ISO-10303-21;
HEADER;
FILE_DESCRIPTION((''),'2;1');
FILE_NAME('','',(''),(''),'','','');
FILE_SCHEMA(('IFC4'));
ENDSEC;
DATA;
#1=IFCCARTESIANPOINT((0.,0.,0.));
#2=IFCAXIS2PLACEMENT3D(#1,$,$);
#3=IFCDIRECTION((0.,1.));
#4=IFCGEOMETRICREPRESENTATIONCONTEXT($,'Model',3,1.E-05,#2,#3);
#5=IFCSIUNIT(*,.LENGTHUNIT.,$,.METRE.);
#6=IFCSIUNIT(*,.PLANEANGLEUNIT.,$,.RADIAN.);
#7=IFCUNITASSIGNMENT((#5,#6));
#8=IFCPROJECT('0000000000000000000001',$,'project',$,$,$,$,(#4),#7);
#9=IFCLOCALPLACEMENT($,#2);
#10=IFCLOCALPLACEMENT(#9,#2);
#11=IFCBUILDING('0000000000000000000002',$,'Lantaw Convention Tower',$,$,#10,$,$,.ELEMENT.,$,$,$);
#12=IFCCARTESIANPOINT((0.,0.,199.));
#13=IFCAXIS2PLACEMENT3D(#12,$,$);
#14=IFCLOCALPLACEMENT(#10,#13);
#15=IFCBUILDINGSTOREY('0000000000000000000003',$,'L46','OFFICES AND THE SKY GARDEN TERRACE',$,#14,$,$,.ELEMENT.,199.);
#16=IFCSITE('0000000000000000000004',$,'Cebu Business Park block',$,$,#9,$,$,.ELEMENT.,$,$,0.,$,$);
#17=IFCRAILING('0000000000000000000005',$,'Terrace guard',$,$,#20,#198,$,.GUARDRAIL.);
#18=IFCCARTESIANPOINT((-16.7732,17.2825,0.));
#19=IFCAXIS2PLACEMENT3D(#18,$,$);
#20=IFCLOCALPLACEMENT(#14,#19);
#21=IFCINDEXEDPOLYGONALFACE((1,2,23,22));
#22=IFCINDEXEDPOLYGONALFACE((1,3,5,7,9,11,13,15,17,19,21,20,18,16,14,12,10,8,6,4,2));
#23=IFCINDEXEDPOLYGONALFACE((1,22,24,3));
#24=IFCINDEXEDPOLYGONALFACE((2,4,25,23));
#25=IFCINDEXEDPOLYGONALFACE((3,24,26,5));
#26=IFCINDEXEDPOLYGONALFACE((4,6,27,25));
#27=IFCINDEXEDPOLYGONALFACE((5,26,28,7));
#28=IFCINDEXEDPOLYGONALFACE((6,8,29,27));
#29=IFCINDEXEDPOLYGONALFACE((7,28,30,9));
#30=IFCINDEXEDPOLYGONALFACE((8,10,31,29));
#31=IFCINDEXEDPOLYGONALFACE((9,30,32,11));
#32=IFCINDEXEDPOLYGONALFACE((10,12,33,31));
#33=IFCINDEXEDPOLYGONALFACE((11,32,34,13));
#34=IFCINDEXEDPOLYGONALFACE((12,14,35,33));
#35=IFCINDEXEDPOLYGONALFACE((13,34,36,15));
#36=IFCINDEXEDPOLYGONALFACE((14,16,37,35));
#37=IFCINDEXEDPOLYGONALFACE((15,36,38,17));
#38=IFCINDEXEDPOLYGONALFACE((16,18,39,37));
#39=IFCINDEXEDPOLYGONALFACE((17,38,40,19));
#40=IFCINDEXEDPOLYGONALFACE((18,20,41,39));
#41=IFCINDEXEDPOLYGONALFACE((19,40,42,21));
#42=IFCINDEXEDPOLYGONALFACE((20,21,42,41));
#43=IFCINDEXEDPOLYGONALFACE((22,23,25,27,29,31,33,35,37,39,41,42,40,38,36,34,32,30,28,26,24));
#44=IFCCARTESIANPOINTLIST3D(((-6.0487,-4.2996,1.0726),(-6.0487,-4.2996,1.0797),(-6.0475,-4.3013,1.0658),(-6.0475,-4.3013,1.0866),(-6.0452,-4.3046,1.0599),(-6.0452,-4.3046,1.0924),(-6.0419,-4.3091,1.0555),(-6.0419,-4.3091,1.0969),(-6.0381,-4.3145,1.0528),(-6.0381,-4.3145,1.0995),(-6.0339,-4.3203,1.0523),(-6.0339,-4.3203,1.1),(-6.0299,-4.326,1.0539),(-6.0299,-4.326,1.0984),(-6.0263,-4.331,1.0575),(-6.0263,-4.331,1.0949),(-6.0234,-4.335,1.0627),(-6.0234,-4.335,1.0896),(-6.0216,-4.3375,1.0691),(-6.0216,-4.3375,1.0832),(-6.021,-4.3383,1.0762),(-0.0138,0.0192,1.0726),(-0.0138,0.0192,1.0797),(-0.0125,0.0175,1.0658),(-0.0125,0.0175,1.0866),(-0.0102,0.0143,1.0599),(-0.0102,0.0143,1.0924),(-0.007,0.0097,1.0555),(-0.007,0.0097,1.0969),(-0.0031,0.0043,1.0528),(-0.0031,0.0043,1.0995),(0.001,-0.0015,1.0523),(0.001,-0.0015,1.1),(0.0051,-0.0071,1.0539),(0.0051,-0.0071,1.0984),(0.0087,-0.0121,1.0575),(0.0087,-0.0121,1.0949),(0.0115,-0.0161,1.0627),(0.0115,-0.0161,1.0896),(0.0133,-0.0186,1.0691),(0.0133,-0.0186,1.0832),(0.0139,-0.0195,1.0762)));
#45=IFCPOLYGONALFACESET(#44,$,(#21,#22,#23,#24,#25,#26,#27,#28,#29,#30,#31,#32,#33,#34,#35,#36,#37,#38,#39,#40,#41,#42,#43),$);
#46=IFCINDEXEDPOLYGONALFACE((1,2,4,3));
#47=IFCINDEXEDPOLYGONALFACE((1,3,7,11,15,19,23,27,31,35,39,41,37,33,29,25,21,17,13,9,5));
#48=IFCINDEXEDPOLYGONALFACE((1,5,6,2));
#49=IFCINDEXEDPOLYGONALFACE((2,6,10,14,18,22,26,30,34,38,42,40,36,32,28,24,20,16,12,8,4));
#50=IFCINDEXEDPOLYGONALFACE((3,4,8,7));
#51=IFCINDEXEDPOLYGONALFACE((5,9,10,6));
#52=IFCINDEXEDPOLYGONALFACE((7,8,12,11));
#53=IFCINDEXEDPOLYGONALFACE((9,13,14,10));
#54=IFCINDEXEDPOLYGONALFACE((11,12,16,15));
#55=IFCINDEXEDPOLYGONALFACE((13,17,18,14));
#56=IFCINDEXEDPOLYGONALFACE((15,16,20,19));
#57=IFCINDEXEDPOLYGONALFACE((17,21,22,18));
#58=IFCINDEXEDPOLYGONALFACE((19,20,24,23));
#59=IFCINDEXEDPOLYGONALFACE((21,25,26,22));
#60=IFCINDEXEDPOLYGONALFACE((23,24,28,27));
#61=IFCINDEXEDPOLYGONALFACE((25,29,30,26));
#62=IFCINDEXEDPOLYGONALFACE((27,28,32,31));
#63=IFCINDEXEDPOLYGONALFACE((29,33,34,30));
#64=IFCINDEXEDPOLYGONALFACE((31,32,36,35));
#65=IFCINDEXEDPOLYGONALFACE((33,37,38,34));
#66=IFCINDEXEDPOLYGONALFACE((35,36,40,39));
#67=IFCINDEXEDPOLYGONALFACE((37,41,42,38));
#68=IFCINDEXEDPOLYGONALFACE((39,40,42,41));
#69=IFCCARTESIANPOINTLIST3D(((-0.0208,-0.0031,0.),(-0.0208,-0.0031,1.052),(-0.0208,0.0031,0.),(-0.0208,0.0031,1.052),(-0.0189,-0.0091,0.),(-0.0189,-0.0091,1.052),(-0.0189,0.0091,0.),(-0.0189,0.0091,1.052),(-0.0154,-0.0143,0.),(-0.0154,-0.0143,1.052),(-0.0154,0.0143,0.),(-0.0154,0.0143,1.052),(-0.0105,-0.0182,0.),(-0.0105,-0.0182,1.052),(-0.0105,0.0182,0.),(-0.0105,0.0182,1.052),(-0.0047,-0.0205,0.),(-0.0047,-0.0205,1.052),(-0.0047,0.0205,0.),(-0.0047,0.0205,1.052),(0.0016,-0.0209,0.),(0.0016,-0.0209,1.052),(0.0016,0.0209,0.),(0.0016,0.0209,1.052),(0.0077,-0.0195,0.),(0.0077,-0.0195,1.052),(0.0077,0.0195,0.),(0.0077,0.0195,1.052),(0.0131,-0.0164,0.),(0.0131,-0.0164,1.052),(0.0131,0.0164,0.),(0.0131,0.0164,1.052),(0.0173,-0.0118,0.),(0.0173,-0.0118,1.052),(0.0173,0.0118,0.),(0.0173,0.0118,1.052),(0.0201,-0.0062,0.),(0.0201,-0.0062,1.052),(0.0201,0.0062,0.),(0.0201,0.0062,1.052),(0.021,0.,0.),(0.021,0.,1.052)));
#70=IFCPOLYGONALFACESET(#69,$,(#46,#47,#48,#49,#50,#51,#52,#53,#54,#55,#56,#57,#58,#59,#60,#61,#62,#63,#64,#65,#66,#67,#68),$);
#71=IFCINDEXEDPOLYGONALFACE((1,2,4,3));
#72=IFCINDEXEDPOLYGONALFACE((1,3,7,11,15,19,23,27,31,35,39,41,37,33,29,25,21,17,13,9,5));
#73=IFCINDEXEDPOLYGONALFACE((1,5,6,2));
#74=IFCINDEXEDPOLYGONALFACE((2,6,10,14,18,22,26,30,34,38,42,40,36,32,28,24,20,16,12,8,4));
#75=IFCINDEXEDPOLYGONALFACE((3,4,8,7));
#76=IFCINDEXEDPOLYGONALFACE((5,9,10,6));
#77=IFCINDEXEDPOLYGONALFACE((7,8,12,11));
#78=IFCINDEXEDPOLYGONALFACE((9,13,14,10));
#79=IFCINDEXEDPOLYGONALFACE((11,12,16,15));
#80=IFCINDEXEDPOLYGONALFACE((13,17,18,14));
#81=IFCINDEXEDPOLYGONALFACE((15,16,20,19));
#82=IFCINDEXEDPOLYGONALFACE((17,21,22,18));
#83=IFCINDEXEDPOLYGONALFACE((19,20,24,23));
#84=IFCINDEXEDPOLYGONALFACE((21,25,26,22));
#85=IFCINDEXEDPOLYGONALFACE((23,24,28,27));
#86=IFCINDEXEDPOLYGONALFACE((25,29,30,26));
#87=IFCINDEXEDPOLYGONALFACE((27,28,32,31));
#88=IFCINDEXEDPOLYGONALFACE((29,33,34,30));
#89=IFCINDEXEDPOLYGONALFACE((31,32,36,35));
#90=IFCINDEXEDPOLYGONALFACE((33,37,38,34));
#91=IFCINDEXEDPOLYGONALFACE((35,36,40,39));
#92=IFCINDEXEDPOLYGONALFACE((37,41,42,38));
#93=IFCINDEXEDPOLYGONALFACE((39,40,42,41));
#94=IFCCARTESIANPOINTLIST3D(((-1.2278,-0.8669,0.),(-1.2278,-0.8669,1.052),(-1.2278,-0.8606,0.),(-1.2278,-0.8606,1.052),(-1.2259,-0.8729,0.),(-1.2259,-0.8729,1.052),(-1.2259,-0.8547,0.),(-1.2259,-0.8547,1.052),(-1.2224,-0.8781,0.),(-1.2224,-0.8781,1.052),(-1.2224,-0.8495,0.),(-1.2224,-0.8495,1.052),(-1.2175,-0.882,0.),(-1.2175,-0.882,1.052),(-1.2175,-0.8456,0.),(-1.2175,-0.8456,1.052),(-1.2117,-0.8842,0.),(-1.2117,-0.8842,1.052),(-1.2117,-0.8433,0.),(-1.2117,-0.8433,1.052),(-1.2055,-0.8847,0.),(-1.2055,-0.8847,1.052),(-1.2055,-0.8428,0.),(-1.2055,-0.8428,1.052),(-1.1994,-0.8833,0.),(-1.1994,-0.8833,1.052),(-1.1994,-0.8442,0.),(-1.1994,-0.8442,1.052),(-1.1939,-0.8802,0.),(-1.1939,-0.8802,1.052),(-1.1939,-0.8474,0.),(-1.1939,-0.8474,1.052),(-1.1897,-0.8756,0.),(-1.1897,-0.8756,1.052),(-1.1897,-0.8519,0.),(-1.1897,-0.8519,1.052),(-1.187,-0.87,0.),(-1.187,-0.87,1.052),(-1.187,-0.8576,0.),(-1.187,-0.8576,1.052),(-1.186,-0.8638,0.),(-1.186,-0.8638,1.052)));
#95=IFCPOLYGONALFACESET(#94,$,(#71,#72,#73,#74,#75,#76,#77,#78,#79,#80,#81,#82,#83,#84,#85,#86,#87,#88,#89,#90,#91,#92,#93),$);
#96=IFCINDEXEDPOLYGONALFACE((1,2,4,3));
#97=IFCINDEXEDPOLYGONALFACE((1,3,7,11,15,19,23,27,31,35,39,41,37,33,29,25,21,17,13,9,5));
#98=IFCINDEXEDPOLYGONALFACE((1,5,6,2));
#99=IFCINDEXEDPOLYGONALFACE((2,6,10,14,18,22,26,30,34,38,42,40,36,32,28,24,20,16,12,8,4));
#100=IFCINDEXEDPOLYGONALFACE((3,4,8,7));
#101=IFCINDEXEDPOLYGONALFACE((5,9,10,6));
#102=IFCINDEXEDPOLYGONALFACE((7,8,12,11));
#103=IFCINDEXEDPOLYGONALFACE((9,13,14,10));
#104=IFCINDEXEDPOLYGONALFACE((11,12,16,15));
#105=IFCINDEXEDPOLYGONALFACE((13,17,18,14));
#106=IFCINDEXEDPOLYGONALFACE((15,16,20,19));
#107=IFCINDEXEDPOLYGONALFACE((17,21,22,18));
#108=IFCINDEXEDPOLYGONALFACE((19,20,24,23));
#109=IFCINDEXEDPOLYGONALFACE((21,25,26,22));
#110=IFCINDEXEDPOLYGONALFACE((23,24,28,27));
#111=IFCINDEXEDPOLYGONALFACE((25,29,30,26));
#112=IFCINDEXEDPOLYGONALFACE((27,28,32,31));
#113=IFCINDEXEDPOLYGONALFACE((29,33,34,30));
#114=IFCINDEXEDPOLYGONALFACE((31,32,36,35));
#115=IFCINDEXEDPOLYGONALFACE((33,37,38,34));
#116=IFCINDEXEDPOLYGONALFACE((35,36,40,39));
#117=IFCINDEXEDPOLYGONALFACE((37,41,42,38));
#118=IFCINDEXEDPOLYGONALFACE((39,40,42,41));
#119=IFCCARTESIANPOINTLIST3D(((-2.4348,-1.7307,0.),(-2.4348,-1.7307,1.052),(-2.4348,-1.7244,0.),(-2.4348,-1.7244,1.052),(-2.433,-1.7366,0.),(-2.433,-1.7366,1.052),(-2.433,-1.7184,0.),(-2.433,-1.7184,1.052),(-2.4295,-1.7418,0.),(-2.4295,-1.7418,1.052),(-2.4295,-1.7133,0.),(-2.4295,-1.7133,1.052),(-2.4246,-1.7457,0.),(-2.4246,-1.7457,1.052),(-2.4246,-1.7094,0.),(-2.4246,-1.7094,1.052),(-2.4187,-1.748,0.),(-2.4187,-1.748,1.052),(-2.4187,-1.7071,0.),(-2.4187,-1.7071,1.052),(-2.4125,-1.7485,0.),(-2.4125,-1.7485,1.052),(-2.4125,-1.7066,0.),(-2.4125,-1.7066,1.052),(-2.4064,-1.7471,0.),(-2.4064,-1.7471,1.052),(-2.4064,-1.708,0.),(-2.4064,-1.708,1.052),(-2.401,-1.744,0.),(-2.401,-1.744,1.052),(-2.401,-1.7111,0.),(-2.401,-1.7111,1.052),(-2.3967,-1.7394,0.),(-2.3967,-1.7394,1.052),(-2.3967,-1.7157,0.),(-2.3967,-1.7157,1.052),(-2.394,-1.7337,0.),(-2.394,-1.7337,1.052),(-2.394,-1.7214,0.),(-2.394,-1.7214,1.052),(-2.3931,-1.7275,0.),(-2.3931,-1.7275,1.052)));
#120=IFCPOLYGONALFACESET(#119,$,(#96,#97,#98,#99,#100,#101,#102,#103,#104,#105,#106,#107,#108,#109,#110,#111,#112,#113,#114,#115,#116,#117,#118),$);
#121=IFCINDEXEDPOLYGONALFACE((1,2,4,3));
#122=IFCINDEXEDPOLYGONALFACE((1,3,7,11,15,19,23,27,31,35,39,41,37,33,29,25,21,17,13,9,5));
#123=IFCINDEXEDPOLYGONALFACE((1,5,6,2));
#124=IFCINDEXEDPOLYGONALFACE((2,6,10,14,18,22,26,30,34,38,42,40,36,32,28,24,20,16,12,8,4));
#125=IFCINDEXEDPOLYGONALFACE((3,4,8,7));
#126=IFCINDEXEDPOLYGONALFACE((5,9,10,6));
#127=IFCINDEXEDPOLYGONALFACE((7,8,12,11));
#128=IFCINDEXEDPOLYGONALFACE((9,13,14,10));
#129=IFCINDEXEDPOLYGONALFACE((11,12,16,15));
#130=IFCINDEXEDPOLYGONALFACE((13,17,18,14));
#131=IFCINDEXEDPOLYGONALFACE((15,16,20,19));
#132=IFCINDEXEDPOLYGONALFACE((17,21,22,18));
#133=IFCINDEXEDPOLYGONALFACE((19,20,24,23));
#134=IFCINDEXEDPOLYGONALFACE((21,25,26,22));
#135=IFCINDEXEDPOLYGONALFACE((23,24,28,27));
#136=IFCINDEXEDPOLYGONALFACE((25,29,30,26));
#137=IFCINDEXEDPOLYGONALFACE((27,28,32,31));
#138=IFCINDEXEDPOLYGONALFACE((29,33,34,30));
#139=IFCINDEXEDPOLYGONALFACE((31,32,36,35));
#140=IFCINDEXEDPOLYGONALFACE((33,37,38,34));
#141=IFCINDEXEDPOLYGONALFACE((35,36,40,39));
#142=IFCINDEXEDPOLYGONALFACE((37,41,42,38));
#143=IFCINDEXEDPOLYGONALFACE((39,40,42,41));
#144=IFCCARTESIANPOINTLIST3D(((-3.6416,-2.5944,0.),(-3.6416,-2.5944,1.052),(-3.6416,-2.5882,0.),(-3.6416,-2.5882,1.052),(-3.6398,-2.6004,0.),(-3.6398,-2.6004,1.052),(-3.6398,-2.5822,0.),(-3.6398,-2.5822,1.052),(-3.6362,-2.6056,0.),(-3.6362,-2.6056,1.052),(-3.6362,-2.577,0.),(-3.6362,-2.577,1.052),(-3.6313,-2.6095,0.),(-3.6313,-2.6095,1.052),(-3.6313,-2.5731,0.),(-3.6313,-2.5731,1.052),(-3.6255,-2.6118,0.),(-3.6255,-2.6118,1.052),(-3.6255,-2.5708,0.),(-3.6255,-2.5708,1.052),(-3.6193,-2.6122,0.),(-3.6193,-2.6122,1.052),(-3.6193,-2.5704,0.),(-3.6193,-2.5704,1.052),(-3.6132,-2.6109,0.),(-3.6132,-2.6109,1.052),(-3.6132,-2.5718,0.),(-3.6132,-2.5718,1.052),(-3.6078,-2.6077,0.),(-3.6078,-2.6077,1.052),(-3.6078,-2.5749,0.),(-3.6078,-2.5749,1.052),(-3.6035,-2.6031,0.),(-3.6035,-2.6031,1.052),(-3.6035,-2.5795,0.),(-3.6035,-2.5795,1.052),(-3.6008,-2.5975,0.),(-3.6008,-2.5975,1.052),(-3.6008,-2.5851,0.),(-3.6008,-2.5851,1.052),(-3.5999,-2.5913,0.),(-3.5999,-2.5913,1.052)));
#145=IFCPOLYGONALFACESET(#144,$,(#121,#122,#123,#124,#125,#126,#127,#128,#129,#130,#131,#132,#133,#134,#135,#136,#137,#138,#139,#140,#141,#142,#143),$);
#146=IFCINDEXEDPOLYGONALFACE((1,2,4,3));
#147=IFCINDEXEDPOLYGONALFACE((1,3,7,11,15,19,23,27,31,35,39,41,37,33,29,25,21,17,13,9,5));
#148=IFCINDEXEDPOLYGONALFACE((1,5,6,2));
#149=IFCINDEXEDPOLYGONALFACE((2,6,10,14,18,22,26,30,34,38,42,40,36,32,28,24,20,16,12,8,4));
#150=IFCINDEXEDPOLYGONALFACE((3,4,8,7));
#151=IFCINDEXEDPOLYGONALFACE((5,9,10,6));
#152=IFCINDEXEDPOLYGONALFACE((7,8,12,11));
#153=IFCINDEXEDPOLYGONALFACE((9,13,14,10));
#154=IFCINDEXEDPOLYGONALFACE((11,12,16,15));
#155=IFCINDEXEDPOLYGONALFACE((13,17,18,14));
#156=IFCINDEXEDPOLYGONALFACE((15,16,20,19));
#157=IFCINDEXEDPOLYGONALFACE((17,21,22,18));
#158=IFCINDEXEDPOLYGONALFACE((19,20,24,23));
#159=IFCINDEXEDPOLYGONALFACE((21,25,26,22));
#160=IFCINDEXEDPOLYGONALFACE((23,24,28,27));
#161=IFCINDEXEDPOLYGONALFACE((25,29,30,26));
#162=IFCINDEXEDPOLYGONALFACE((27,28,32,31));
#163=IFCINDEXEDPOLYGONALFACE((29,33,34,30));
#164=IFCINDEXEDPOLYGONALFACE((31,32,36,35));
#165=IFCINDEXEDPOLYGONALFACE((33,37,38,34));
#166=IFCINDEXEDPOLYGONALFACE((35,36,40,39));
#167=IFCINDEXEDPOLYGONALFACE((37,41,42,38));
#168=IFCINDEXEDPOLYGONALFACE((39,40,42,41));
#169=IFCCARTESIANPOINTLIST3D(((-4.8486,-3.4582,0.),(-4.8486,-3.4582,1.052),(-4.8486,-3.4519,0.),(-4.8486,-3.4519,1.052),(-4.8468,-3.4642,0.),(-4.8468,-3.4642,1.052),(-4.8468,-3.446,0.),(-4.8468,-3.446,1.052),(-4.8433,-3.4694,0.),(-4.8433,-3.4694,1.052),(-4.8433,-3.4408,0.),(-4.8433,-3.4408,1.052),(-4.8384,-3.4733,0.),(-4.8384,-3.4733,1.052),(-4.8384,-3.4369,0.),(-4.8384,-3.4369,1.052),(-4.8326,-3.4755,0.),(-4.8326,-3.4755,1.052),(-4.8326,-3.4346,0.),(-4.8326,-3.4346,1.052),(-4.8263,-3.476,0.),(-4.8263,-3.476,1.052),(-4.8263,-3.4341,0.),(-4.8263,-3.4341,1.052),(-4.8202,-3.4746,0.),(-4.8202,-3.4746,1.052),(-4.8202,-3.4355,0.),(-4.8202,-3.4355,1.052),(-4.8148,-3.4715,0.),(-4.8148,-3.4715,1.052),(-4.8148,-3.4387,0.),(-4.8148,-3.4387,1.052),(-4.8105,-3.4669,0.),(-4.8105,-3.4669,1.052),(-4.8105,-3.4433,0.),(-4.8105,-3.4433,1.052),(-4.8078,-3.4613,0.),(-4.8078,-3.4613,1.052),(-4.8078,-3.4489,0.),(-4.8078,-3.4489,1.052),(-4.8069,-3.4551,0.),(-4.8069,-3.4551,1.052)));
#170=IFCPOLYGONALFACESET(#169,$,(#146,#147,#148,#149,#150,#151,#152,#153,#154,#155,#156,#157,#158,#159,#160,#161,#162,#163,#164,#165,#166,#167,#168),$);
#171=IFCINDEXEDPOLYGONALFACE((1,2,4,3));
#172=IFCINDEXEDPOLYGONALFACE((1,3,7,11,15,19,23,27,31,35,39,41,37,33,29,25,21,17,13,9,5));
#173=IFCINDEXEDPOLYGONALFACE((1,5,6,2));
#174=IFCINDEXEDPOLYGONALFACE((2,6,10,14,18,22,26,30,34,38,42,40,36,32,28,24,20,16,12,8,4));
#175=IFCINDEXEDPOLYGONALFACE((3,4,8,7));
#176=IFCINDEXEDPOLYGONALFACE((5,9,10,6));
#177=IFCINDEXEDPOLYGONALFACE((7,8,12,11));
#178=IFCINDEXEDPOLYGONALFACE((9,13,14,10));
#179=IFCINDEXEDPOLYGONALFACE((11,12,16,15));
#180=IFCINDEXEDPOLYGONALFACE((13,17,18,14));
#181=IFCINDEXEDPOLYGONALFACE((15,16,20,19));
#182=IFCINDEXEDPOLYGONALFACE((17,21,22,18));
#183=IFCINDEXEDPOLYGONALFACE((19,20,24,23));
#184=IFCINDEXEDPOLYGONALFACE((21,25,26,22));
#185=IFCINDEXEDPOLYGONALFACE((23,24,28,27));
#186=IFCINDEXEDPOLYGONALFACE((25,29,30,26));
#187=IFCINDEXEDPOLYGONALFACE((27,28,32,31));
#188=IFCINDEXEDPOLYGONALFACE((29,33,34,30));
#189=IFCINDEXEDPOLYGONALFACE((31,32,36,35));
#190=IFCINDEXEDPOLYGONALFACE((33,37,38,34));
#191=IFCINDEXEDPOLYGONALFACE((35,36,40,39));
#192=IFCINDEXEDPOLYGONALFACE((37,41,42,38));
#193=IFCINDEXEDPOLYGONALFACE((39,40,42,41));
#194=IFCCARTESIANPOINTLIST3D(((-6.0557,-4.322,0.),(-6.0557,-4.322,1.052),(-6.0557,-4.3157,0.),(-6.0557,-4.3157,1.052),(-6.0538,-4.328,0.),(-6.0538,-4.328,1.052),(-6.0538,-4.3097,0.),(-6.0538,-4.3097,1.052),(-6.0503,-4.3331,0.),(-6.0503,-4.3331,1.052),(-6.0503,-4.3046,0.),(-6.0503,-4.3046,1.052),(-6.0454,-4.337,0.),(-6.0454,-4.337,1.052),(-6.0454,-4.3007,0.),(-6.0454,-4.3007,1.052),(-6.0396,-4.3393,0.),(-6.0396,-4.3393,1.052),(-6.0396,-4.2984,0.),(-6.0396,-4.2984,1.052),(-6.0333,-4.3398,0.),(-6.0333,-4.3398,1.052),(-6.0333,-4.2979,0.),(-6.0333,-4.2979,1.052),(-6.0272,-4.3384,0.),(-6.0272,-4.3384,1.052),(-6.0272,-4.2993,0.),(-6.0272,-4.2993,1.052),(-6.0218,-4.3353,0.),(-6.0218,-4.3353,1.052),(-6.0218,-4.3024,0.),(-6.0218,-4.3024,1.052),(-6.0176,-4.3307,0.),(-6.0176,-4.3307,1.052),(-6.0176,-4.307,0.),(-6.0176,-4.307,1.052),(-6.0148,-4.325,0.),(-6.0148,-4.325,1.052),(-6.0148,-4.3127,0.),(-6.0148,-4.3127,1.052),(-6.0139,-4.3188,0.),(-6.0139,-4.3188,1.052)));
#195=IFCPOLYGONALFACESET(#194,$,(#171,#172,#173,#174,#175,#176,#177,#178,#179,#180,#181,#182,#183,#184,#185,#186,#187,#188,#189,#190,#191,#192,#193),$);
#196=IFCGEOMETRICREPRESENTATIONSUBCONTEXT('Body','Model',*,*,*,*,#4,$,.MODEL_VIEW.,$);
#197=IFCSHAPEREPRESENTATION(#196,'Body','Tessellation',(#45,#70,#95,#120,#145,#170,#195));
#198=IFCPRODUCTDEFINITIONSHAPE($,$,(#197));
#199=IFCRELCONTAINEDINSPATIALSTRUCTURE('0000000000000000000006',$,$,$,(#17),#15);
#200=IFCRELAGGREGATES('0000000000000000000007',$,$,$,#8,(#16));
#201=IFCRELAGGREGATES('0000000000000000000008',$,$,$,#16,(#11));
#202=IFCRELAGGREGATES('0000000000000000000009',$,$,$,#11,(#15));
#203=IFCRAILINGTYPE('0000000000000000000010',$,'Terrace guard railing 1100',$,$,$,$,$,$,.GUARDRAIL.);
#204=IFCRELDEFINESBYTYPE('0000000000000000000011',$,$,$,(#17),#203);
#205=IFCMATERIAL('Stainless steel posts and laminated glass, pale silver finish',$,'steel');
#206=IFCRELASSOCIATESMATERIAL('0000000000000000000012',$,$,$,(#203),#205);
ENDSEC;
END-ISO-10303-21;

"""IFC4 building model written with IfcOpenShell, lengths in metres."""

from ifc_helpers import new_model, si_unit, direction, frame, origin, origin_2d, place, context, subcontext, project, spatial, circle, extrude, material, type_object, element, save


model = new_model("IFC4")

# Units and contexts
model_context = context("Model", 3, precision=1e-05, world=origin(), true_north=direction((0.0, 1.0)))
body_context = subcontext(model_context, "Body", "Model", "MODEL_VIEW")
ifc_project = project(units=[si_unit("LENGTHUNIT", "METRE"), si_unit("PLANEANGLEUNIT", "RADIAN")], contexts=[model_context])

# Site, building, storey
site_placement = place(None, origin())
site = spatial("IfcSite", under=ifc_project, at=site_placement, Name="Cebu Business Park block", CompositionType="ELEMENT", RefElevation=0.0)
building_placement = place(site_placement, origin())
building = spatial("IfcBuilding", under=site, at=building_placement, Name="Lantaw Convention Tower", CompositionType="ELEMENT")
storey_placement = place(building_placement, frame((0.0, 0.0, 199.0)))
storey = spatial("IfcBuildingStorey", under=building, at=storey_placement, Name="L46", Description="OFFICES AND THE SKY GARDEN TERRACE", CompositionType="ELEMENT", Elevation=199.0)

# Railing
ifc_material_1 = material(Name="Stainless steel posts and laminated glass, pale silver finish", Category="steel")
railing_type = type_object("IfcRailingType", Name="Terrace guard railing 1100", PredefinedType="GUARDRAIL", material=ifc_material_1)
railing_1_placement = place(storey_placement, frame((-16.7732, 17.2825, 0.0)))
element("IfcRailing", 1, at=railing_1_placement, inside=storey, type_object=railing_type, Name="Terrace guard", PredefinedType="GUARDRAIL", context=body_context, shape_type="SweptSolid", body=[
    extrude(circle(Radius=0.0239, at=origin_2d()), frame((0.0, 0.0, 1.0762), z_axis=(-0.813211, -0.581969, 0.0), x_axis=(0.581969, -0.813211, 0.0)), (0.0, 0.0, 1.0), 7.4211),
    extrude(circle(Radius=0.021, at=origin_2d()), origin(), (0.0, 0.0, 1.0), 1.052),
    extrude(circle(Radius=0.021, at=origin_2d()), frame((-1.207, -0.8638, 0.0)), (0.0, 0.0, 1.0), 1.052),
    extrude(circle(Radius=0.021, at=origin_2d()), frame((-2.4141, -1.7275, 0.0)), (0.0, 0.0, 1.0), 1.052),
    extrude(circle(Radius=0.021, at=origin_2d()), frame((-3.6208, -2.5913, 0.0)), (0.0, 0.0, 1.0), 1.052),
    extrude(circle(Radius=0.021, at=origin_2d()), frame((-4.8279, -3.4551, 0.0)), (0.0, 0.0, 1.0), 1.052),
    extrude(circle(Radius=0.021, at=origin_2d()), frame((-6.0349, -4.3188, 0.0)), (0.0, 0.0, 1.0), 1.052),
])

save(model, "model.ifc")
